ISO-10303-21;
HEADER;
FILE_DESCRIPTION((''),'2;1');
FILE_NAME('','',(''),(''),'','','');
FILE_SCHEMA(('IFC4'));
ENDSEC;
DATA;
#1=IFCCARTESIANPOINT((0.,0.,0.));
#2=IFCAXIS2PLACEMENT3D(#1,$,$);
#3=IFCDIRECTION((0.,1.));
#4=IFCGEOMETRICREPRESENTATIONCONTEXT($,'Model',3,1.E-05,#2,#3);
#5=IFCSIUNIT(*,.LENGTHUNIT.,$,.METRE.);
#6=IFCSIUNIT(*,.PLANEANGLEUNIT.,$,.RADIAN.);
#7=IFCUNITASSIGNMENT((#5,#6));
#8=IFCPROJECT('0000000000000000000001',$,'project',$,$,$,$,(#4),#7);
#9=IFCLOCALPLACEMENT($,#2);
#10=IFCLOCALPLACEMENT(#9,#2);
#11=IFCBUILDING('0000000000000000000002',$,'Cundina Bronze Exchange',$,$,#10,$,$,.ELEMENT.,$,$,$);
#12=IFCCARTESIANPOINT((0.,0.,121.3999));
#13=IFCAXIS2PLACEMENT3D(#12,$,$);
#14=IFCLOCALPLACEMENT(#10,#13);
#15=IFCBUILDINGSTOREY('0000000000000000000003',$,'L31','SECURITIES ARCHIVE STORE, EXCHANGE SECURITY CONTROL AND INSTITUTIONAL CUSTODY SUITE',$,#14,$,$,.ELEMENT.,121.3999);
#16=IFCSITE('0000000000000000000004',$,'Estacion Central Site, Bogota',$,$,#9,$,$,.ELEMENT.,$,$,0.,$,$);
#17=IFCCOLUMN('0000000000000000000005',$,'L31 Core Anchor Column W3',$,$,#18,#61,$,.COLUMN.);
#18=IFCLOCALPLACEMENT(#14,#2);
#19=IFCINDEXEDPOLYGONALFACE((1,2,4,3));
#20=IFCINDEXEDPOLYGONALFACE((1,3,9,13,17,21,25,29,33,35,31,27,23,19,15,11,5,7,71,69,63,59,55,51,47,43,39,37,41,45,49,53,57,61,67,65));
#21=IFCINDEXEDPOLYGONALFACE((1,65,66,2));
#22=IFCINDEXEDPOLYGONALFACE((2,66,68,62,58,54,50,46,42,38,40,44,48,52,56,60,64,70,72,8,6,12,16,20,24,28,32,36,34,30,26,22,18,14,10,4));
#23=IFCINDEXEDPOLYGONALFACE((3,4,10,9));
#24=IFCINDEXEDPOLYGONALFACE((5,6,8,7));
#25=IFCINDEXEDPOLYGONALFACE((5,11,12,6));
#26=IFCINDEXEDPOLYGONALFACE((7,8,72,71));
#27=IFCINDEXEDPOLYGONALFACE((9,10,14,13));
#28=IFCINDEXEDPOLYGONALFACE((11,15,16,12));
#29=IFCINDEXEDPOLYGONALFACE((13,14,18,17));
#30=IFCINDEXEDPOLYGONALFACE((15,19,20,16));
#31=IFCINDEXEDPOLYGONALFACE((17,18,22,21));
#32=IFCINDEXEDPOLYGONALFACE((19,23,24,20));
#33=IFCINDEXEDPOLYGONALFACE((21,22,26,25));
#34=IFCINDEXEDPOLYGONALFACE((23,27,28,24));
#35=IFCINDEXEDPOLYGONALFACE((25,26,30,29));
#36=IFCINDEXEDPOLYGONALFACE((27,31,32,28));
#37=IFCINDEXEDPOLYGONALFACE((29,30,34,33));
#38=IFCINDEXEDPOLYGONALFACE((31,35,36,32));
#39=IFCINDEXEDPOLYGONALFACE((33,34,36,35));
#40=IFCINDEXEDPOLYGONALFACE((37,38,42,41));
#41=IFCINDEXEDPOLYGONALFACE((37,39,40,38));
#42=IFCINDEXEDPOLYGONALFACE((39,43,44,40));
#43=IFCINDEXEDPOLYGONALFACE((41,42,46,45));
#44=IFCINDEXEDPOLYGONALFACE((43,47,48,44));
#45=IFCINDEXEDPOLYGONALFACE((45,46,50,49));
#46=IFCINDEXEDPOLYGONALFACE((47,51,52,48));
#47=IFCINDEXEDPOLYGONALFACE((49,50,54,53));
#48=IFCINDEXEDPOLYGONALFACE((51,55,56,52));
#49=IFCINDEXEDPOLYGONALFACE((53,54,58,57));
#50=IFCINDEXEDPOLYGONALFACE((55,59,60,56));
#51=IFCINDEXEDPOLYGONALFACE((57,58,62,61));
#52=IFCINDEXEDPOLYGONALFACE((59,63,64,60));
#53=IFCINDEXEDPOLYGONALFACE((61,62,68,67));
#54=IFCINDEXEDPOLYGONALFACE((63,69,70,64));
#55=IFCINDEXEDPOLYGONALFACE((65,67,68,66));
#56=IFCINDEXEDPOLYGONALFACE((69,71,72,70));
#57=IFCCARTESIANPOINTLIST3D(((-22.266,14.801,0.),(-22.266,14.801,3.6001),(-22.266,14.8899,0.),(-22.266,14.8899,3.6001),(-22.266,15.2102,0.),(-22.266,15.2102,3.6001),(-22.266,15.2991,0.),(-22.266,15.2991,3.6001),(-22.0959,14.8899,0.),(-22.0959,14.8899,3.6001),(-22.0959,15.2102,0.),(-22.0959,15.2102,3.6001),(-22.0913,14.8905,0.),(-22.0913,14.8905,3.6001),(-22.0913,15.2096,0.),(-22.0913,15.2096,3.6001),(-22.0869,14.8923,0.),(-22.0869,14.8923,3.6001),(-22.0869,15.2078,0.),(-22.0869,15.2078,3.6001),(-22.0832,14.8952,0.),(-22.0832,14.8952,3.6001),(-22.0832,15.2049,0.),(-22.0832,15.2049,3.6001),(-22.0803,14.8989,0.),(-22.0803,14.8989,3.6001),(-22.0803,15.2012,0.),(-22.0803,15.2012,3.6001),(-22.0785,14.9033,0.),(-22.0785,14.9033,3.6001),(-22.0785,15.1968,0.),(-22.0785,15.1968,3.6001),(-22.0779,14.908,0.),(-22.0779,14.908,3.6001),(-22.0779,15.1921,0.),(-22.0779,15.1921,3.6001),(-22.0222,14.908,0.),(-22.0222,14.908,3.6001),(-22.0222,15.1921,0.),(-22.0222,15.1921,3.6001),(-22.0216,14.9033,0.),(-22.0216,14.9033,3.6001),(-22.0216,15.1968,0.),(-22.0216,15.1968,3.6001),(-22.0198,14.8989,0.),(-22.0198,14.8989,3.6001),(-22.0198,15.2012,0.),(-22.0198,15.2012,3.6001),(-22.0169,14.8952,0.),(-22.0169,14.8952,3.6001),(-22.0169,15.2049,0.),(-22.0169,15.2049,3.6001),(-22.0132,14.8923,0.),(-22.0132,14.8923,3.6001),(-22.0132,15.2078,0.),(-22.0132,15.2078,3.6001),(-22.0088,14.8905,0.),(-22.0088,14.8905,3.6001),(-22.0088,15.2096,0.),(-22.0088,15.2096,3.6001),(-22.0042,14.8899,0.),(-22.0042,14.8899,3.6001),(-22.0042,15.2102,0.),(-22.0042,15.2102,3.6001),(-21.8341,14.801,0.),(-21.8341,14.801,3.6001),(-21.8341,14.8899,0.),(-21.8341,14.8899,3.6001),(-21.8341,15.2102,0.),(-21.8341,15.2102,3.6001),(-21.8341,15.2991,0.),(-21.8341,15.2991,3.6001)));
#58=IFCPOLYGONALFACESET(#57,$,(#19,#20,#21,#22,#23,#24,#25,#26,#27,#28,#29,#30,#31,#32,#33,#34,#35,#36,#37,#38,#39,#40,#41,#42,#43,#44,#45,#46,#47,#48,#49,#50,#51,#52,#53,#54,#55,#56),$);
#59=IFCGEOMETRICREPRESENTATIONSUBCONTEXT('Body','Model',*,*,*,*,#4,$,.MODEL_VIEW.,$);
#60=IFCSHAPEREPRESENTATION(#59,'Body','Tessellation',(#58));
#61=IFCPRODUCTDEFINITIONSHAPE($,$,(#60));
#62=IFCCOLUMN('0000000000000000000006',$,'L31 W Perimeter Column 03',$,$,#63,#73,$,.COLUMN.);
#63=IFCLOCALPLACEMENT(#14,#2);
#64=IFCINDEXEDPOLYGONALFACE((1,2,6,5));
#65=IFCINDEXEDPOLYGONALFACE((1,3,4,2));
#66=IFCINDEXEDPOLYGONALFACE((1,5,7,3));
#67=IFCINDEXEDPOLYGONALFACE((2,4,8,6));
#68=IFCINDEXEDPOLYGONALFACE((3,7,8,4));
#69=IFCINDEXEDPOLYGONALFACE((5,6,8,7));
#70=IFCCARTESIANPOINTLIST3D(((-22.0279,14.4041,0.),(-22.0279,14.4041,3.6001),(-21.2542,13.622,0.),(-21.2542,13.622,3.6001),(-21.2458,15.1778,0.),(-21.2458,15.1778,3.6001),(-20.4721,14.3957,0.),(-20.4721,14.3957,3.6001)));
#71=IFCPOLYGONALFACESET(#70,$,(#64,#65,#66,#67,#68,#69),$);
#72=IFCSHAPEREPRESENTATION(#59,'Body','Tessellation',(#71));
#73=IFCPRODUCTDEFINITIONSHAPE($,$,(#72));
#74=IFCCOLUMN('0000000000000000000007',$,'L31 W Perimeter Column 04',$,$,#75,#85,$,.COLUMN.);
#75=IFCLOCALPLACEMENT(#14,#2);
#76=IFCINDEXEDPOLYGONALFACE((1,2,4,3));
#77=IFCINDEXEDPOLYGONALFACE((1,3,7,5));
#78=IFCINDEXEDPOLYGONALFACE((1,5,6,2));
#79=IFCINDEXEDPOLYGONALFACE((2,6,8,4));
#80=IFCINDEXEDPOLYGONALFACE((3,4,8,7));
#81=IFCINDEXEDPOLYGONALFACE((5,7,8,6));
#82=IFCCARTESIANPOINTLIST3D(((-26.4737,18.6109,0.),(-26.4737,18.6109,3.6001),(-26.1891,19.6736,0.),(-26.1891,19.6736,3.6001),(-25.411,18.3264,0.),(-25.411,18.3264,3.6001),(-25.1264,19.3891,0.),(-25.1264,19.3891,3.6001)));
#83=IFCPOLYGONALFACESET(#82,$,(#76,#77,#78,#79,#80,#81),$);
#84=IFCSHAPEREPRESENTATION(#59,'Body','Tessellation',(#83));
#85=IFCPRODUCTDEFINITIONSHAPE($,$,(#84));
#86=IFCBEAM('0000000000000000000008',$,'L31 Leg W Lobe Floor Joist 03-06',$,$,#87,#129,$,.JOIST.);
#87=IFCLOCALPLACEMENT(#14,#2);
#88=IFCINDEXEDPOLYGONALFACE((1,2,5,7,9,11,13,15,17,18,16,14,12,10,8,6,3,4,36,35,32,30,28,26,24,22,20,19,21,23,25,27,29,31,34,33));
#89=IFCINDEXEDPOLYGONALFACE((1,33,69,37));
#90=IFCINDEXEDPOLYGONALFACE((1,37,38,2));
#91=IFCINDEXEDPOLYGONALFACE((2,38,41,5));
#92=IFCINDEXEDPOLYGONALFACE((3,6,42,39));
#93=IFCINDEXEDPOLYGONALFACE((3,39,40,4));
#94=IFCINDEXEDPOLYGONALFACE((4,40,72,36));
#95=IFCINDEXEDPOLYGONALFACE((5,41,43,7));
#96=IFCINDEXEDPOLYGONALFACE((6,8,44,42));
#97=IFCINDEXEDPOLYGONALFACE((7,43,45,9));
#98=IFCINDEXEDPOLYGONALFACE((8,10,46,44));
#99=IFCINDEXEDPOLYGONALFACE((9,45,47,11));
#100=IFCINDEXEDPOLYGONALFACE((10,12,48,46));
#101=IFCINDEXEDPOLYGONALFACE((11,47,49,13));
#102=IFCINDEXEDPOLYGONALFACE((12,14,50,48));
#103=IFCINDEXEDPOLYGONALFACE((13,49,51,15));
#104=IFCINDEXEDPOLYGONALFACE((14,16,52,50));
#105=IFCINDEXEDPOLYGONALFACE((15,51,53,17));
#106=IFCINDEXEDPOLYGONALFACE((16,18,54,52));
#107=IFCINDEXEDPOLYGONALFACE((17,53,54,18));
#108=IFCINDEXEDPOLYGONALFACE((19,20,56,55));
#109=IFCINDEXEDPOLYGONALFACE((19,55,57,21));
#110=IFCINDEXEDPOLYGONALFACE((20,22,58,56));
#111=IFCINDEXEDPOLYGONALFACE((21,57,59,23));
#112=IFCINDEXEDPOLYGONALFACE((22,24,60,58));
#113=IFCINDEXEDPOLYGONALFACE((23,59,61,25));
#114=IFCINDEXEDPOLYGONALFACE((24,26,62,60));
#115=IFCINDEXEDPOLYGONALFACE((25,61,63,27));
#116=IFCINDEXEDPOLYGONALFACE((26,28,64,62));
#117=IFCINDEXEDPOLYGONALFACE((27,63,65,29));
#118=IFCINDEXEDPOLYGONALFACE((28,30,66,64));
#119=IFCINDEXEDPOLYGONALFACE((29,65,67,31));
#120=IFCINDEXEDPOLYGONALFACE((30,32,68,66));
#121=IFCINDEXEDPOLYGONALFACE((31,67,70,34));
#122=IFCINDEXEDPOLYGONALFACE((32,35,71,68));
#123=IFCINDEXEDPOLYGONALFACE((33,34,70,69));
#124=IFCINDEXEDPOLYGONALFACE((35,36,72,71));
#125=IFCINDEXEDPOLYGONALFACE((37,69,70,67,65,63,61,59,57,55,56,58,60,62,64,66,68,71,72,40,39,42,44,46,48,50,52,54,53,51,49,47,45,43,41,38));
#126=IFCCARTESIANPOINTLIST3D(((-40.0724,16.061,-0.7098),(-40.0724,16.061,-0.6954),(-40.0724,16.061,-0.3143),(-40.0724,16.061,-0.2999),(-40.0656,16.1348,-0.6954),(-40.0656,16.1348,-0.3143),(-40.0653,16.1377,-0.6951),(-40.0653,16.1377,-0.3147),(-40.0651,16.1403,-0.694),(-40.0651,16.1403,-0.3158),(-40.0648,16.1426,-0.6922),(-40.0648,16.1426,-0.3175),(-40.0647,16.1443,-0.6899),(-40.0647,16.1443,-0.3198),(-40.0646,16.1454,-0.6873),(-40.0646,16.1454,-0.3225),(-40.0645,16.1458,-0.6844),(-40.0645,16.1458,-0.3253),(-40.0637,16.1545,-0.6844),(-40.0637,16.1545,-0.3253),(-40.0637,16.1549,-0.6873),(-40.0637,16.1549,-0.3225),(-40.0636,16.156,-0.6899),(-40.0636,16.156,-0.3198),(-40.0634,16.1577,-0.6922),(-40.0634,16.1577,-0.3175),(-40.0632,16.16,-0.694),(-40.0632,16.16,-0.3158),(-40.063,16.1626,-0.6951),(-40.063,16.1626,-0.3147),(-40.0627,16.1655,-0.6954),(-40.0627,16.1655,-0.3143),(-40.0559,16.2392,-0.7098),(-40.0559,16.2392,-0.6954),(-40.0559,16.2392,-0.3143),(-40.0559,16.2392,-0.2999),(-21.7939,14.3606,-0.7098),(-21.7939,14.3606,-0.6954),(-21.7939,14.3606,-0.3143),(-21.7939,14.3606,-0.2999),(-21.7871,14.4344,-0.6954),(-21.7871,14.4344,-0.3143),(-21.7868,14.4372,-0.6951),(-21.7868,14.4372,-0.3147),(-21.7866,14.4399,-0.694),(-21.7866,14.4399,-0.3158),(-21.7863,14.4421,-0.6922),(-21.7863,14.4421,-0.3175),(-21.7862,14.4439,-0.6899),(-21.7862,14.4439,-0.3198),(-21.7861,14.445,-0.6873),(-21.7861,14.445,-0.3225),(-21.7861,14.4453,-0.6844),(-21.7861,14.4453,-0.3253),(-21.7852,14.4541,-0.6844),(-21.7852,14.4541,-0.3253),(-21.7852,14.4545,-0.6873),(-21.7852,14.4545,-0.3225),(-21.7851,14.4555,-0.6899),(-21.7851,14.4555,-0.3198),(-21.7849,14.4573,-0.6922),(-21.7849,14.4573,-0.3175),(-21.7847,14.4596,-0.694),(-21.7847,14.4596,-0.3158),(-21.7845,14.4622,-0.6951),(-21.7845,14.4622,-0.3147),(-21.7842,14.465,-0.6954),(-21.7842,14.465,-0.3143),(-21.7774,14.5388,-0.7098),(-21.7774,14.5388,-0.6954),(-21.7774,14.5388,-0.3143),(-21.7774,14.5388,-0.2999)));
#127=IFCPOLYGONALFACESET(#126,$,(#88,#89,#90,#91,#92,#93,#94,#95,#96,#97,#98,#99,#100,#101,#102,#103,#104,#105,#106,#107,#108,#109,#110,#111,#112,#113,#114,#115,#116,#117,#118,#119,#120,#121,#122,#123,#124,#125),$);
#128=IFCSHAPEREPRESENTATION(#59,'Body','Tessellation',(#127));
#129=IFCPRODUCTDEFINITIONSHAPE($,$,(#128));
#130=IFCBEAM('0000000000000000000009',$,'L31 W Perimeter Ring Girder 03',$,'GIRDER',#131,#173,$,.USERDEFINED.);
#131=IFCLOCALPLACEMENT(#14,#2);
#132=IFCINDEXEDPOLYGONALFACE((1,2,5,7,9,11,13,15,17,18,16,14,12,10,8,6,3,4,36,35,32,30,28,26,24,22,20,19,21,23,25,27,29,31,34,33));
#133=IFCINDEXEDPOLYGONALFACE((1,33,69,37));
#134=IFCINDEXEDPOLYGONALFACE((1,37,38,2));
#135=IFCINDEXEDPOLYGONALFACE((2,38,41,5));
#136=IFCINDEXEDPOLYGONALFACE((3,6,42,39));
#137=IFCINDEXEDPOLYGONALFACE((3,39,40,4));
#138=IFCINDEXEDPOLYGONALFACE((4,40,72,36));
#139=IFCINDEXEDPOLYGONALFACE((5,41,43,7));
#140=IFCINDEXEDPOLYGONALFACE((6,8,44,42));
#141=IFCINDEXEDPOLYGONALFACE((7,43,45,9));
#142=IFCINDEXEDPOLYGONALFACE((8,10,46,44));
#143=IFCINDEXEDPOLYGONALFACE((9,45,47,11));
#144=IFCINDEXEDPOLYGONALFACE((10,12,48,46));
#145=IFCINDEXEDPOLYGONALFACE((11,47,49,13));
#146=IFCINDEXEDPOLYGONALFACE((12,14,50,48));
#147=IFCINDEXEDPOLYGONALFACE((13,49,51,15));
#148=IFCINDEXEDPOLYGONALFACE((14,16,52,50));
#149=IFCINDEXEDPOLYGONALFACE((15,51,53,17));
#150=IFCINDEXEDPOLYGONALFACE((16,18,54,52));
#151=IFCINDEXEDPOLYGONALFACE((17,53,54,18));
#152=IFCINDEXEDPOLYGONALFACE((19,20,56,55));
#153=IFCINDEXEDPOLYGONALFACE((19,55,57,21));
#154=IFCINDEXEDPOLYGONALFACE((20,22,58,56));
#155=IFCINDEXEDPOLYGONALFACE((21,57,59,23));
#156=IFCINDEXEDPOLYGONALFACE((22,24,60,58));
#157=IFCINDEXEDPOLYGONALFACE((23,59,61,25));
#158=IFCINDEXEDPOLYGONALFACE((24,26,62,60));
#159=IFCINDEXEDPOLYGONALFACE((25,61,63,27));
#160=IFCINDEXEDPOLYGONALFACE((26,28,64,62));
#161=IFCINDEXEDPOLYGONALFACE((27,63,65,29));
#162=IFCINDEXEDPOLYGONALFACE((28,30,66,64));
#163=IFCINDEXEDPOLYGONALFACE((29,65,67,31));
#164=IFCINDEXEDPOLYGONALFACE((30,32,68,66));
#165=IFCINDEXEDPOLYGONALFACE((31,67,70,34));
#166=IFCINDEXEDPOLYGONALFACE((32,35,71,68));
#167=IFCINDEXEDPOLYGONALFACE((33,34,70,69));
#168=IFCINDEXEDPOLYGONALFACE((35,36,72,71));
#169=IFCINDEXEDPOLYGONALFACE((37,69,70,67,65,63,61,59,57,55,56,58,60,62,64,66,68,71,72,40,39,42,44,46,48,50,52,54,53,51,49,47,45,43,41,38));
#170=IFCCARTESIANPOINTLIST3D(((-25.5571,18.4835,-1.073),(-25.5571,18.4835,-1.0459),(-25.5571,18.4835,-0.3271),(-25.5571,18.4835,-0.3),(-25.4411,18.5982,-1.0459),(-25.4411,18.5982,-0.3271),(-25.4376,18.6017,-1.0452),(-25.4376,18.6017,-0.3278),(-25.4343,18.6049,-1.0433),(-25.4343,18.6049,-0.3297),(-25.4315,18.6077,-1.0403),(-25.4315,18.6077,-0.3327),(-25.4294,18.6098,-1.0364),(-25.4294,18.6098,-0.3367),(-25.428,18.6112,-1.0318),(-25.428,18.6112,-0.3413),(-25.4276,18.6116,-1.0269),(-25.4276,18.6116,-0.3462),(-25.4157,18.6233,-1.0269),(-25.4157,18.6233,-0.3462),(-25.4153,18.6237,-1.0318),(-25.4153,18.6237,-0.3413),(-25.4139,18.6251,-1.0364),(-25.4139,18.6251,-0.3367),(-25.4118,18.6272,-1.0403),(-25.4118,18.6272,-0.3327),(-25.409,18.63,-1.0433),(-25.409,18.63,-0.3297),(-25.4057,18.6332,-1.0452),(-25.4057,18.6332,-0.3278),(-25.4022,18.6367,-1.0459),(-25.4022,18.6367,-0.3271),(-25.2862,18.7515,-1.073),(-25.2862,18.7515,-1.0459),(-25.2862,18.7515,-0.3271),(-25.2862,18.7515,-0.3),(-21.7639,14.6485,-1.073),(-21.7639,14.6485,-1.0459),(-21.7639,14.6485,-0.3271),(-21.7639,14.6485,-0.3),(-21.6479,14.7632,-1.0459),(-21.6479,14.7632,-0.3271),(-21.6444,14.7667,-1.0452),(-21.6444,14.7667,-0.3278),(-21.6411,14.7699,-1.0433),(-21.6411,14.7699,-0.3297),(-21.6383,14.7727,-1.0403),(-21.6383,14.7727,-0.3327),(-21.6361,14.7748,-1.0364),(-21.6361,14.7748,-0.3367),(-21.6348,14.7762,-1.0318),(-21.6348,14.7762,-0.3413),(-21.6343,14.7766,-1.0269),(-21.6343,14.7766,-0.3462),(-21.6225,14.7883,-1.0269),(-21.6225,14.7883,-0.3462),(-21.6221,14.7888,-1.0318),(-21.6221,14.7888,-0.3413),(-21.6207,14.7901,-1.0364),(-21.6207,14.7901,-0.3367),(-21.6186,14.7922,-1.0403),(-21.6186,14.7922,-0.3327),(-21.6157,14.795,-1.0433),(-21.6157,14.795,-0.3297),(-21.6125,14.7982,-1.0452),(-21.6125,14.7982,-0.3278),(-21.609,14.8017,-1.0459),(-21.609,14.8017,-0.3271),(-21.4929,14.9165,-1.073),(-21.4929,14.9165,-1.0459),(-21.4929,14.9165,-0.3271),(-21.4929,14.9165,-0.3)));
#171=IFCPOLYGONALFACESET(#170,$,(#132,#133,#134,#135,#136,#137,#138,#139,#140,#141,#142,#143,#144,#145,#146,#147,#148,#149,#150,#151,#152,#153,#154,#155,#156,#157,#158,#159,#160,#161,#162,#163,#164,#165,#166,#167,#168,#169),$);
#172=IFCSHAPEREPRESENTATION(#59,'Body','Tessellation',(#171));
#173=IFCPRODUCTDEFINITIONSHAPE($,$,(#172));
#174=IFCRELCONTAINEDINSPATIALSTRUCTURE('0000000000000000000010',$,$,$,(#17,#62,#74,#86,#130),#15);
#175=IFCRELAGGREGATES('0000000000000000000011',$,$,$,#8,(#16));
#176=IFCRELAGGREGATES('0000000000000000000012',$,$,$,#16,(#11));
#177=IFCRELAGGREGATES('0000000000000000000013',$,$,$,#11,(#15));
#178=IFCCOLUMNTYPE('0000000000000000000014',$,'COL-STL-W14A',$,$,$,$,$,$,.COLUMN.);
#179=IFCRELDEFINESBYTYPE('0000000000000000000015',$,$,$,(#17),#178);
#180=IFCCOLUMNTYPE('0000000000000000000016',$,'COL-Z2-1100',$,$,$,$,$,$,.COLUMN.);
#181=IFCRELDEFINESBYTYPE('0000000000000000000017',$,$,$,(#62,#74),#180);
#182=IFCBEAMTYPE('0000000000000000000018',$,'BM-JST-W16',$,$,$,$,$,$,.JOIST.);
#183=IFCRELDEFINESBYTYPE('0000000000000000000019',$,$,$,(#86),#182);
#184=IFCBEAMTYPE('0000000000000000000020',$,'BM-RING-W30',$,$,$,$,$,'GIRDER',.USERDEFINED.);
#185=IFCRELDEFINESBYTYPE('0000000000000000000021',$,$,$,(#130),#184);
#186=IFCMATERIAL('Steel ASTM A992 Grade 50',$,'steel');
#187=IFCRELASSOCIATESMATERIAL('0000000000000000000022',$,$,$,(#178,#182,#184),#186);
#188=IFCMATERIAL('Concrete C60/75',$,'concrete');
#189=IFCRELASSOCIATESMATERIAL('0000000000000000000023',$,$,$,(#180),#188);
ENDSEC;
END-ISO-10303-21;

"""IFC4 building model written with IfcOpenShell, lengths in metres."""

from ifc_helpers import new_model, si_unit, direction, frame, origin, origin_2d, place, context, subcontext, project, spatial, rectangle, i_section, extrude, material, material_profile, profile_set, type_object, element, save


model = new_model("IFC4")

# Units and contexts
model_context = context("Model", 3, precision=1e-05, world=origin(), true_north=direction((0.0, 1.0)))
body_context = subcontext(model_context, "Body", "Model", "MODEL_VIEW")
ifc_project = project(units=[si_unit("LENGTHUNIT", "METRE"), si_unit("PLANEANGLEUNIT", "RADIAN")], contexts=[model_context])

# Site, building, storey
site_placement = place(None, origin())
site = spatial("IfcSite", under=ifc_project, at=site_placement, Name="Estacion Central Site, Bogota", CompositionType="ELEMENT", RefElevation=0.0)
building_placement = place(site_placement, origin())
building = spatial("IfcBuilding", under=site, at=building_placement, Name="Cundina Bronze Exchange", CompositionType="ELEMENT")
storey_placement = place(building_placement, frame((0.0, 0.0, 121.3999)))
storey = spatial("IfcBuildingStorey", under=building, at=storey_placement, Name="L31", Description="SECURITIES ARCHIVE STORE, EXCHANGE SECURITY CONTROL AND INSTITUTIONAL CUSTODY SUITE", CompositionType="ELEMENT", Elevation=121.3999)

# Columns
ifc_material_1 = material(Name="Steel ASTM A992 Grade 50", Category="steel")
ifc_material_profile_1 = material_profile(ifc_material_1, i_section(OverallWidth=0.4319, OverallDepth=0.498, WebThickness=0.0557, FlangeThickness=0.0889, FilletRadius=0.0181, at=origin_2d()), Name="W14X500", Category="steel")
ifc_profile_set_1 = profile_set([ifc_material_profile_1], Name="Steel ASTM A992 Grade 50")
column_type_1 = type_object("IfcColumnType", Name="COL-STL-W14A", PredefinedType="COLUMN", material=ifc_profile_set_1)
column_placement = place(storey_placement, frame((-22.05, 15.05, 0.0), z_axis=(0.0, 0.0, 1.0), x_axis=(1.0, 0.0, 0.0)))
element("IfcColumn", 1, at=column_placement, inside=storey, type_object=column_type_1, Name="L31 Core Anchor Column W3", PredefinedType="COLUMN", context=body_context, shape_type="SweptSolid", body=[
    extrude(i_section(OverallWidth=0.4319, OverallDepth=0.498, WebThickness=0.0557, FlangeThickness=0.0889, FilletRadius=0.0181, at=origin_2d()), origin(), (0.0, 0.0, 1.0), 3.6001),
])
ifc_material_2 = material(Name="Concrete C60/75", Category="concrete")
ifc_material_profile_2 = material_profile(ifc_material_2, rectangle(XDim=1.1001, YDim=1.1001, at=origin_2d()), Name="RC1100X1100", Category="concrete")
ifc_profile_set_2 = profile_set([ifc_material_profile_2], Name="Concrete C60/75")
column_type_2 = type_object("IfcColumnType", Name="COL-Z2-1100", PredefinedType="COLUMN", material=ifc_profile_set_2)
for number, where, z_axis, x_axis, name in (
    (2, (-21.25, 14.3999, 0.0), (0.0, 0.0, 1.0), (-0.703271, 0.710922, 0.0), "L31 W Perimeter Column 03"),
    (3, (-25.8, 19.0, 0.0), (0.0, 0.0, 1.0), (-0.965971, 0.25865, 0.0), "L31 W Perimeter Column 04"),
):
    element("IfcColumn", number, at=place(storey_placement, frame(where, z_axis=z_axis, x_axis=x_axis)), inside=storey, type_object=column_type_2, Name=name, PredefinedType="COLUMN", context=body_context, shape_type="SweptSolid", body=[
        extrude(rectangle(XDim=1.1001, YDim=1.1001, at=origin_2d()), origin(), (0.0, 0.0, 1.0), 3.6001),
    ])

# Beams
ifc_material_profile_3 = material_profile(ifc_material_1, i_section(OverallWidth=0.179, OverallDepth=0.4099, WebThickness=0.0088, FlangeThickness=0.0144, FilletRadius=0.011, at=origin_2d()), Name="W16X45", Category="steel")
ifc_profile_set_3 = profile_set([ifc_material_profile_3], Name="Steel ASTM A992 Grade 50")
beam_type_1 = type_object("IfcBeamType", Name="BM-JST-W16", PredefinedType="JOIST", material=ifc_profile_set_3)
beam_1_placement = place(storey_placement, frame((-21.7856, 14.4497, -0.5049), z_axis=(-0.995701, 0.092629, 0.0), x_axis=(-0.092629, -0.995701, 0.0)))
element("IfcBeam", 4, at=beam_1_placement, inside=storey, type_object=beam_type_1, Name="L31 Leg W Lobe Floor Joist 03-06", PredefinedType="JOIST", context=body_context, shape_type="SweptSolid", body=[
    extrude(i_section(OverallWidth=0.179, OverallDepth=0.4099, WebThickness=0.0088, FlangeThickness=0.0144, FilletRadius=0.011, at=origin_2d()), origin(), (0.0, 0.0, 1.0), 18.3574),
])
ifc_material_profile_4 = material_profile(ifc_material_1, i_section(OverallWidth=0.3811, OverallDepth=0.7729, WebThickness=0.0166, FlangeThickness=0.0271, FilletRadius=0.019, at=origin_2d()), Name="W30X173", Category="steel")
ifc_profile_set_4 = profile_set([ifc_material_profile_4], Name="Steel ASTM A992 Grade 50")
beam_type_2 = type_object("IfcBeamType", Name="BM-RING-W30", ElementType="GIRDER", PredefinedType="USERDEFINED", material=ifc_profile_set_4)
beam_2_placement = place(storey_placement, frame((-21.6284, 14.7825, -0.6865), z_axis=(-0.703226, 0.710966, 0.0), x_axis=(-0.710966, -0.703226, 0.0)))
element("IfcBeam", 5, at=beam_2_placement, inside=storey, type_object=beam_type_2, Name="L31 W Perimeter Ring Girder 03", ObjectType="GIRDER", PredefinedType="USERDEFINED", context=body_context, shape_type="SweptSolid", body=[
    extrude(i_section(OverallWidth=0.3811, OverallDepth=0.7729, WebThickness=0.0166, FlangeThickness=0.0271, FilletRadius=0.019, at=origin_2d()), origin(), (0.0, 0.0, 1.0), 5.394),
])

save(model, "model.ifc")
